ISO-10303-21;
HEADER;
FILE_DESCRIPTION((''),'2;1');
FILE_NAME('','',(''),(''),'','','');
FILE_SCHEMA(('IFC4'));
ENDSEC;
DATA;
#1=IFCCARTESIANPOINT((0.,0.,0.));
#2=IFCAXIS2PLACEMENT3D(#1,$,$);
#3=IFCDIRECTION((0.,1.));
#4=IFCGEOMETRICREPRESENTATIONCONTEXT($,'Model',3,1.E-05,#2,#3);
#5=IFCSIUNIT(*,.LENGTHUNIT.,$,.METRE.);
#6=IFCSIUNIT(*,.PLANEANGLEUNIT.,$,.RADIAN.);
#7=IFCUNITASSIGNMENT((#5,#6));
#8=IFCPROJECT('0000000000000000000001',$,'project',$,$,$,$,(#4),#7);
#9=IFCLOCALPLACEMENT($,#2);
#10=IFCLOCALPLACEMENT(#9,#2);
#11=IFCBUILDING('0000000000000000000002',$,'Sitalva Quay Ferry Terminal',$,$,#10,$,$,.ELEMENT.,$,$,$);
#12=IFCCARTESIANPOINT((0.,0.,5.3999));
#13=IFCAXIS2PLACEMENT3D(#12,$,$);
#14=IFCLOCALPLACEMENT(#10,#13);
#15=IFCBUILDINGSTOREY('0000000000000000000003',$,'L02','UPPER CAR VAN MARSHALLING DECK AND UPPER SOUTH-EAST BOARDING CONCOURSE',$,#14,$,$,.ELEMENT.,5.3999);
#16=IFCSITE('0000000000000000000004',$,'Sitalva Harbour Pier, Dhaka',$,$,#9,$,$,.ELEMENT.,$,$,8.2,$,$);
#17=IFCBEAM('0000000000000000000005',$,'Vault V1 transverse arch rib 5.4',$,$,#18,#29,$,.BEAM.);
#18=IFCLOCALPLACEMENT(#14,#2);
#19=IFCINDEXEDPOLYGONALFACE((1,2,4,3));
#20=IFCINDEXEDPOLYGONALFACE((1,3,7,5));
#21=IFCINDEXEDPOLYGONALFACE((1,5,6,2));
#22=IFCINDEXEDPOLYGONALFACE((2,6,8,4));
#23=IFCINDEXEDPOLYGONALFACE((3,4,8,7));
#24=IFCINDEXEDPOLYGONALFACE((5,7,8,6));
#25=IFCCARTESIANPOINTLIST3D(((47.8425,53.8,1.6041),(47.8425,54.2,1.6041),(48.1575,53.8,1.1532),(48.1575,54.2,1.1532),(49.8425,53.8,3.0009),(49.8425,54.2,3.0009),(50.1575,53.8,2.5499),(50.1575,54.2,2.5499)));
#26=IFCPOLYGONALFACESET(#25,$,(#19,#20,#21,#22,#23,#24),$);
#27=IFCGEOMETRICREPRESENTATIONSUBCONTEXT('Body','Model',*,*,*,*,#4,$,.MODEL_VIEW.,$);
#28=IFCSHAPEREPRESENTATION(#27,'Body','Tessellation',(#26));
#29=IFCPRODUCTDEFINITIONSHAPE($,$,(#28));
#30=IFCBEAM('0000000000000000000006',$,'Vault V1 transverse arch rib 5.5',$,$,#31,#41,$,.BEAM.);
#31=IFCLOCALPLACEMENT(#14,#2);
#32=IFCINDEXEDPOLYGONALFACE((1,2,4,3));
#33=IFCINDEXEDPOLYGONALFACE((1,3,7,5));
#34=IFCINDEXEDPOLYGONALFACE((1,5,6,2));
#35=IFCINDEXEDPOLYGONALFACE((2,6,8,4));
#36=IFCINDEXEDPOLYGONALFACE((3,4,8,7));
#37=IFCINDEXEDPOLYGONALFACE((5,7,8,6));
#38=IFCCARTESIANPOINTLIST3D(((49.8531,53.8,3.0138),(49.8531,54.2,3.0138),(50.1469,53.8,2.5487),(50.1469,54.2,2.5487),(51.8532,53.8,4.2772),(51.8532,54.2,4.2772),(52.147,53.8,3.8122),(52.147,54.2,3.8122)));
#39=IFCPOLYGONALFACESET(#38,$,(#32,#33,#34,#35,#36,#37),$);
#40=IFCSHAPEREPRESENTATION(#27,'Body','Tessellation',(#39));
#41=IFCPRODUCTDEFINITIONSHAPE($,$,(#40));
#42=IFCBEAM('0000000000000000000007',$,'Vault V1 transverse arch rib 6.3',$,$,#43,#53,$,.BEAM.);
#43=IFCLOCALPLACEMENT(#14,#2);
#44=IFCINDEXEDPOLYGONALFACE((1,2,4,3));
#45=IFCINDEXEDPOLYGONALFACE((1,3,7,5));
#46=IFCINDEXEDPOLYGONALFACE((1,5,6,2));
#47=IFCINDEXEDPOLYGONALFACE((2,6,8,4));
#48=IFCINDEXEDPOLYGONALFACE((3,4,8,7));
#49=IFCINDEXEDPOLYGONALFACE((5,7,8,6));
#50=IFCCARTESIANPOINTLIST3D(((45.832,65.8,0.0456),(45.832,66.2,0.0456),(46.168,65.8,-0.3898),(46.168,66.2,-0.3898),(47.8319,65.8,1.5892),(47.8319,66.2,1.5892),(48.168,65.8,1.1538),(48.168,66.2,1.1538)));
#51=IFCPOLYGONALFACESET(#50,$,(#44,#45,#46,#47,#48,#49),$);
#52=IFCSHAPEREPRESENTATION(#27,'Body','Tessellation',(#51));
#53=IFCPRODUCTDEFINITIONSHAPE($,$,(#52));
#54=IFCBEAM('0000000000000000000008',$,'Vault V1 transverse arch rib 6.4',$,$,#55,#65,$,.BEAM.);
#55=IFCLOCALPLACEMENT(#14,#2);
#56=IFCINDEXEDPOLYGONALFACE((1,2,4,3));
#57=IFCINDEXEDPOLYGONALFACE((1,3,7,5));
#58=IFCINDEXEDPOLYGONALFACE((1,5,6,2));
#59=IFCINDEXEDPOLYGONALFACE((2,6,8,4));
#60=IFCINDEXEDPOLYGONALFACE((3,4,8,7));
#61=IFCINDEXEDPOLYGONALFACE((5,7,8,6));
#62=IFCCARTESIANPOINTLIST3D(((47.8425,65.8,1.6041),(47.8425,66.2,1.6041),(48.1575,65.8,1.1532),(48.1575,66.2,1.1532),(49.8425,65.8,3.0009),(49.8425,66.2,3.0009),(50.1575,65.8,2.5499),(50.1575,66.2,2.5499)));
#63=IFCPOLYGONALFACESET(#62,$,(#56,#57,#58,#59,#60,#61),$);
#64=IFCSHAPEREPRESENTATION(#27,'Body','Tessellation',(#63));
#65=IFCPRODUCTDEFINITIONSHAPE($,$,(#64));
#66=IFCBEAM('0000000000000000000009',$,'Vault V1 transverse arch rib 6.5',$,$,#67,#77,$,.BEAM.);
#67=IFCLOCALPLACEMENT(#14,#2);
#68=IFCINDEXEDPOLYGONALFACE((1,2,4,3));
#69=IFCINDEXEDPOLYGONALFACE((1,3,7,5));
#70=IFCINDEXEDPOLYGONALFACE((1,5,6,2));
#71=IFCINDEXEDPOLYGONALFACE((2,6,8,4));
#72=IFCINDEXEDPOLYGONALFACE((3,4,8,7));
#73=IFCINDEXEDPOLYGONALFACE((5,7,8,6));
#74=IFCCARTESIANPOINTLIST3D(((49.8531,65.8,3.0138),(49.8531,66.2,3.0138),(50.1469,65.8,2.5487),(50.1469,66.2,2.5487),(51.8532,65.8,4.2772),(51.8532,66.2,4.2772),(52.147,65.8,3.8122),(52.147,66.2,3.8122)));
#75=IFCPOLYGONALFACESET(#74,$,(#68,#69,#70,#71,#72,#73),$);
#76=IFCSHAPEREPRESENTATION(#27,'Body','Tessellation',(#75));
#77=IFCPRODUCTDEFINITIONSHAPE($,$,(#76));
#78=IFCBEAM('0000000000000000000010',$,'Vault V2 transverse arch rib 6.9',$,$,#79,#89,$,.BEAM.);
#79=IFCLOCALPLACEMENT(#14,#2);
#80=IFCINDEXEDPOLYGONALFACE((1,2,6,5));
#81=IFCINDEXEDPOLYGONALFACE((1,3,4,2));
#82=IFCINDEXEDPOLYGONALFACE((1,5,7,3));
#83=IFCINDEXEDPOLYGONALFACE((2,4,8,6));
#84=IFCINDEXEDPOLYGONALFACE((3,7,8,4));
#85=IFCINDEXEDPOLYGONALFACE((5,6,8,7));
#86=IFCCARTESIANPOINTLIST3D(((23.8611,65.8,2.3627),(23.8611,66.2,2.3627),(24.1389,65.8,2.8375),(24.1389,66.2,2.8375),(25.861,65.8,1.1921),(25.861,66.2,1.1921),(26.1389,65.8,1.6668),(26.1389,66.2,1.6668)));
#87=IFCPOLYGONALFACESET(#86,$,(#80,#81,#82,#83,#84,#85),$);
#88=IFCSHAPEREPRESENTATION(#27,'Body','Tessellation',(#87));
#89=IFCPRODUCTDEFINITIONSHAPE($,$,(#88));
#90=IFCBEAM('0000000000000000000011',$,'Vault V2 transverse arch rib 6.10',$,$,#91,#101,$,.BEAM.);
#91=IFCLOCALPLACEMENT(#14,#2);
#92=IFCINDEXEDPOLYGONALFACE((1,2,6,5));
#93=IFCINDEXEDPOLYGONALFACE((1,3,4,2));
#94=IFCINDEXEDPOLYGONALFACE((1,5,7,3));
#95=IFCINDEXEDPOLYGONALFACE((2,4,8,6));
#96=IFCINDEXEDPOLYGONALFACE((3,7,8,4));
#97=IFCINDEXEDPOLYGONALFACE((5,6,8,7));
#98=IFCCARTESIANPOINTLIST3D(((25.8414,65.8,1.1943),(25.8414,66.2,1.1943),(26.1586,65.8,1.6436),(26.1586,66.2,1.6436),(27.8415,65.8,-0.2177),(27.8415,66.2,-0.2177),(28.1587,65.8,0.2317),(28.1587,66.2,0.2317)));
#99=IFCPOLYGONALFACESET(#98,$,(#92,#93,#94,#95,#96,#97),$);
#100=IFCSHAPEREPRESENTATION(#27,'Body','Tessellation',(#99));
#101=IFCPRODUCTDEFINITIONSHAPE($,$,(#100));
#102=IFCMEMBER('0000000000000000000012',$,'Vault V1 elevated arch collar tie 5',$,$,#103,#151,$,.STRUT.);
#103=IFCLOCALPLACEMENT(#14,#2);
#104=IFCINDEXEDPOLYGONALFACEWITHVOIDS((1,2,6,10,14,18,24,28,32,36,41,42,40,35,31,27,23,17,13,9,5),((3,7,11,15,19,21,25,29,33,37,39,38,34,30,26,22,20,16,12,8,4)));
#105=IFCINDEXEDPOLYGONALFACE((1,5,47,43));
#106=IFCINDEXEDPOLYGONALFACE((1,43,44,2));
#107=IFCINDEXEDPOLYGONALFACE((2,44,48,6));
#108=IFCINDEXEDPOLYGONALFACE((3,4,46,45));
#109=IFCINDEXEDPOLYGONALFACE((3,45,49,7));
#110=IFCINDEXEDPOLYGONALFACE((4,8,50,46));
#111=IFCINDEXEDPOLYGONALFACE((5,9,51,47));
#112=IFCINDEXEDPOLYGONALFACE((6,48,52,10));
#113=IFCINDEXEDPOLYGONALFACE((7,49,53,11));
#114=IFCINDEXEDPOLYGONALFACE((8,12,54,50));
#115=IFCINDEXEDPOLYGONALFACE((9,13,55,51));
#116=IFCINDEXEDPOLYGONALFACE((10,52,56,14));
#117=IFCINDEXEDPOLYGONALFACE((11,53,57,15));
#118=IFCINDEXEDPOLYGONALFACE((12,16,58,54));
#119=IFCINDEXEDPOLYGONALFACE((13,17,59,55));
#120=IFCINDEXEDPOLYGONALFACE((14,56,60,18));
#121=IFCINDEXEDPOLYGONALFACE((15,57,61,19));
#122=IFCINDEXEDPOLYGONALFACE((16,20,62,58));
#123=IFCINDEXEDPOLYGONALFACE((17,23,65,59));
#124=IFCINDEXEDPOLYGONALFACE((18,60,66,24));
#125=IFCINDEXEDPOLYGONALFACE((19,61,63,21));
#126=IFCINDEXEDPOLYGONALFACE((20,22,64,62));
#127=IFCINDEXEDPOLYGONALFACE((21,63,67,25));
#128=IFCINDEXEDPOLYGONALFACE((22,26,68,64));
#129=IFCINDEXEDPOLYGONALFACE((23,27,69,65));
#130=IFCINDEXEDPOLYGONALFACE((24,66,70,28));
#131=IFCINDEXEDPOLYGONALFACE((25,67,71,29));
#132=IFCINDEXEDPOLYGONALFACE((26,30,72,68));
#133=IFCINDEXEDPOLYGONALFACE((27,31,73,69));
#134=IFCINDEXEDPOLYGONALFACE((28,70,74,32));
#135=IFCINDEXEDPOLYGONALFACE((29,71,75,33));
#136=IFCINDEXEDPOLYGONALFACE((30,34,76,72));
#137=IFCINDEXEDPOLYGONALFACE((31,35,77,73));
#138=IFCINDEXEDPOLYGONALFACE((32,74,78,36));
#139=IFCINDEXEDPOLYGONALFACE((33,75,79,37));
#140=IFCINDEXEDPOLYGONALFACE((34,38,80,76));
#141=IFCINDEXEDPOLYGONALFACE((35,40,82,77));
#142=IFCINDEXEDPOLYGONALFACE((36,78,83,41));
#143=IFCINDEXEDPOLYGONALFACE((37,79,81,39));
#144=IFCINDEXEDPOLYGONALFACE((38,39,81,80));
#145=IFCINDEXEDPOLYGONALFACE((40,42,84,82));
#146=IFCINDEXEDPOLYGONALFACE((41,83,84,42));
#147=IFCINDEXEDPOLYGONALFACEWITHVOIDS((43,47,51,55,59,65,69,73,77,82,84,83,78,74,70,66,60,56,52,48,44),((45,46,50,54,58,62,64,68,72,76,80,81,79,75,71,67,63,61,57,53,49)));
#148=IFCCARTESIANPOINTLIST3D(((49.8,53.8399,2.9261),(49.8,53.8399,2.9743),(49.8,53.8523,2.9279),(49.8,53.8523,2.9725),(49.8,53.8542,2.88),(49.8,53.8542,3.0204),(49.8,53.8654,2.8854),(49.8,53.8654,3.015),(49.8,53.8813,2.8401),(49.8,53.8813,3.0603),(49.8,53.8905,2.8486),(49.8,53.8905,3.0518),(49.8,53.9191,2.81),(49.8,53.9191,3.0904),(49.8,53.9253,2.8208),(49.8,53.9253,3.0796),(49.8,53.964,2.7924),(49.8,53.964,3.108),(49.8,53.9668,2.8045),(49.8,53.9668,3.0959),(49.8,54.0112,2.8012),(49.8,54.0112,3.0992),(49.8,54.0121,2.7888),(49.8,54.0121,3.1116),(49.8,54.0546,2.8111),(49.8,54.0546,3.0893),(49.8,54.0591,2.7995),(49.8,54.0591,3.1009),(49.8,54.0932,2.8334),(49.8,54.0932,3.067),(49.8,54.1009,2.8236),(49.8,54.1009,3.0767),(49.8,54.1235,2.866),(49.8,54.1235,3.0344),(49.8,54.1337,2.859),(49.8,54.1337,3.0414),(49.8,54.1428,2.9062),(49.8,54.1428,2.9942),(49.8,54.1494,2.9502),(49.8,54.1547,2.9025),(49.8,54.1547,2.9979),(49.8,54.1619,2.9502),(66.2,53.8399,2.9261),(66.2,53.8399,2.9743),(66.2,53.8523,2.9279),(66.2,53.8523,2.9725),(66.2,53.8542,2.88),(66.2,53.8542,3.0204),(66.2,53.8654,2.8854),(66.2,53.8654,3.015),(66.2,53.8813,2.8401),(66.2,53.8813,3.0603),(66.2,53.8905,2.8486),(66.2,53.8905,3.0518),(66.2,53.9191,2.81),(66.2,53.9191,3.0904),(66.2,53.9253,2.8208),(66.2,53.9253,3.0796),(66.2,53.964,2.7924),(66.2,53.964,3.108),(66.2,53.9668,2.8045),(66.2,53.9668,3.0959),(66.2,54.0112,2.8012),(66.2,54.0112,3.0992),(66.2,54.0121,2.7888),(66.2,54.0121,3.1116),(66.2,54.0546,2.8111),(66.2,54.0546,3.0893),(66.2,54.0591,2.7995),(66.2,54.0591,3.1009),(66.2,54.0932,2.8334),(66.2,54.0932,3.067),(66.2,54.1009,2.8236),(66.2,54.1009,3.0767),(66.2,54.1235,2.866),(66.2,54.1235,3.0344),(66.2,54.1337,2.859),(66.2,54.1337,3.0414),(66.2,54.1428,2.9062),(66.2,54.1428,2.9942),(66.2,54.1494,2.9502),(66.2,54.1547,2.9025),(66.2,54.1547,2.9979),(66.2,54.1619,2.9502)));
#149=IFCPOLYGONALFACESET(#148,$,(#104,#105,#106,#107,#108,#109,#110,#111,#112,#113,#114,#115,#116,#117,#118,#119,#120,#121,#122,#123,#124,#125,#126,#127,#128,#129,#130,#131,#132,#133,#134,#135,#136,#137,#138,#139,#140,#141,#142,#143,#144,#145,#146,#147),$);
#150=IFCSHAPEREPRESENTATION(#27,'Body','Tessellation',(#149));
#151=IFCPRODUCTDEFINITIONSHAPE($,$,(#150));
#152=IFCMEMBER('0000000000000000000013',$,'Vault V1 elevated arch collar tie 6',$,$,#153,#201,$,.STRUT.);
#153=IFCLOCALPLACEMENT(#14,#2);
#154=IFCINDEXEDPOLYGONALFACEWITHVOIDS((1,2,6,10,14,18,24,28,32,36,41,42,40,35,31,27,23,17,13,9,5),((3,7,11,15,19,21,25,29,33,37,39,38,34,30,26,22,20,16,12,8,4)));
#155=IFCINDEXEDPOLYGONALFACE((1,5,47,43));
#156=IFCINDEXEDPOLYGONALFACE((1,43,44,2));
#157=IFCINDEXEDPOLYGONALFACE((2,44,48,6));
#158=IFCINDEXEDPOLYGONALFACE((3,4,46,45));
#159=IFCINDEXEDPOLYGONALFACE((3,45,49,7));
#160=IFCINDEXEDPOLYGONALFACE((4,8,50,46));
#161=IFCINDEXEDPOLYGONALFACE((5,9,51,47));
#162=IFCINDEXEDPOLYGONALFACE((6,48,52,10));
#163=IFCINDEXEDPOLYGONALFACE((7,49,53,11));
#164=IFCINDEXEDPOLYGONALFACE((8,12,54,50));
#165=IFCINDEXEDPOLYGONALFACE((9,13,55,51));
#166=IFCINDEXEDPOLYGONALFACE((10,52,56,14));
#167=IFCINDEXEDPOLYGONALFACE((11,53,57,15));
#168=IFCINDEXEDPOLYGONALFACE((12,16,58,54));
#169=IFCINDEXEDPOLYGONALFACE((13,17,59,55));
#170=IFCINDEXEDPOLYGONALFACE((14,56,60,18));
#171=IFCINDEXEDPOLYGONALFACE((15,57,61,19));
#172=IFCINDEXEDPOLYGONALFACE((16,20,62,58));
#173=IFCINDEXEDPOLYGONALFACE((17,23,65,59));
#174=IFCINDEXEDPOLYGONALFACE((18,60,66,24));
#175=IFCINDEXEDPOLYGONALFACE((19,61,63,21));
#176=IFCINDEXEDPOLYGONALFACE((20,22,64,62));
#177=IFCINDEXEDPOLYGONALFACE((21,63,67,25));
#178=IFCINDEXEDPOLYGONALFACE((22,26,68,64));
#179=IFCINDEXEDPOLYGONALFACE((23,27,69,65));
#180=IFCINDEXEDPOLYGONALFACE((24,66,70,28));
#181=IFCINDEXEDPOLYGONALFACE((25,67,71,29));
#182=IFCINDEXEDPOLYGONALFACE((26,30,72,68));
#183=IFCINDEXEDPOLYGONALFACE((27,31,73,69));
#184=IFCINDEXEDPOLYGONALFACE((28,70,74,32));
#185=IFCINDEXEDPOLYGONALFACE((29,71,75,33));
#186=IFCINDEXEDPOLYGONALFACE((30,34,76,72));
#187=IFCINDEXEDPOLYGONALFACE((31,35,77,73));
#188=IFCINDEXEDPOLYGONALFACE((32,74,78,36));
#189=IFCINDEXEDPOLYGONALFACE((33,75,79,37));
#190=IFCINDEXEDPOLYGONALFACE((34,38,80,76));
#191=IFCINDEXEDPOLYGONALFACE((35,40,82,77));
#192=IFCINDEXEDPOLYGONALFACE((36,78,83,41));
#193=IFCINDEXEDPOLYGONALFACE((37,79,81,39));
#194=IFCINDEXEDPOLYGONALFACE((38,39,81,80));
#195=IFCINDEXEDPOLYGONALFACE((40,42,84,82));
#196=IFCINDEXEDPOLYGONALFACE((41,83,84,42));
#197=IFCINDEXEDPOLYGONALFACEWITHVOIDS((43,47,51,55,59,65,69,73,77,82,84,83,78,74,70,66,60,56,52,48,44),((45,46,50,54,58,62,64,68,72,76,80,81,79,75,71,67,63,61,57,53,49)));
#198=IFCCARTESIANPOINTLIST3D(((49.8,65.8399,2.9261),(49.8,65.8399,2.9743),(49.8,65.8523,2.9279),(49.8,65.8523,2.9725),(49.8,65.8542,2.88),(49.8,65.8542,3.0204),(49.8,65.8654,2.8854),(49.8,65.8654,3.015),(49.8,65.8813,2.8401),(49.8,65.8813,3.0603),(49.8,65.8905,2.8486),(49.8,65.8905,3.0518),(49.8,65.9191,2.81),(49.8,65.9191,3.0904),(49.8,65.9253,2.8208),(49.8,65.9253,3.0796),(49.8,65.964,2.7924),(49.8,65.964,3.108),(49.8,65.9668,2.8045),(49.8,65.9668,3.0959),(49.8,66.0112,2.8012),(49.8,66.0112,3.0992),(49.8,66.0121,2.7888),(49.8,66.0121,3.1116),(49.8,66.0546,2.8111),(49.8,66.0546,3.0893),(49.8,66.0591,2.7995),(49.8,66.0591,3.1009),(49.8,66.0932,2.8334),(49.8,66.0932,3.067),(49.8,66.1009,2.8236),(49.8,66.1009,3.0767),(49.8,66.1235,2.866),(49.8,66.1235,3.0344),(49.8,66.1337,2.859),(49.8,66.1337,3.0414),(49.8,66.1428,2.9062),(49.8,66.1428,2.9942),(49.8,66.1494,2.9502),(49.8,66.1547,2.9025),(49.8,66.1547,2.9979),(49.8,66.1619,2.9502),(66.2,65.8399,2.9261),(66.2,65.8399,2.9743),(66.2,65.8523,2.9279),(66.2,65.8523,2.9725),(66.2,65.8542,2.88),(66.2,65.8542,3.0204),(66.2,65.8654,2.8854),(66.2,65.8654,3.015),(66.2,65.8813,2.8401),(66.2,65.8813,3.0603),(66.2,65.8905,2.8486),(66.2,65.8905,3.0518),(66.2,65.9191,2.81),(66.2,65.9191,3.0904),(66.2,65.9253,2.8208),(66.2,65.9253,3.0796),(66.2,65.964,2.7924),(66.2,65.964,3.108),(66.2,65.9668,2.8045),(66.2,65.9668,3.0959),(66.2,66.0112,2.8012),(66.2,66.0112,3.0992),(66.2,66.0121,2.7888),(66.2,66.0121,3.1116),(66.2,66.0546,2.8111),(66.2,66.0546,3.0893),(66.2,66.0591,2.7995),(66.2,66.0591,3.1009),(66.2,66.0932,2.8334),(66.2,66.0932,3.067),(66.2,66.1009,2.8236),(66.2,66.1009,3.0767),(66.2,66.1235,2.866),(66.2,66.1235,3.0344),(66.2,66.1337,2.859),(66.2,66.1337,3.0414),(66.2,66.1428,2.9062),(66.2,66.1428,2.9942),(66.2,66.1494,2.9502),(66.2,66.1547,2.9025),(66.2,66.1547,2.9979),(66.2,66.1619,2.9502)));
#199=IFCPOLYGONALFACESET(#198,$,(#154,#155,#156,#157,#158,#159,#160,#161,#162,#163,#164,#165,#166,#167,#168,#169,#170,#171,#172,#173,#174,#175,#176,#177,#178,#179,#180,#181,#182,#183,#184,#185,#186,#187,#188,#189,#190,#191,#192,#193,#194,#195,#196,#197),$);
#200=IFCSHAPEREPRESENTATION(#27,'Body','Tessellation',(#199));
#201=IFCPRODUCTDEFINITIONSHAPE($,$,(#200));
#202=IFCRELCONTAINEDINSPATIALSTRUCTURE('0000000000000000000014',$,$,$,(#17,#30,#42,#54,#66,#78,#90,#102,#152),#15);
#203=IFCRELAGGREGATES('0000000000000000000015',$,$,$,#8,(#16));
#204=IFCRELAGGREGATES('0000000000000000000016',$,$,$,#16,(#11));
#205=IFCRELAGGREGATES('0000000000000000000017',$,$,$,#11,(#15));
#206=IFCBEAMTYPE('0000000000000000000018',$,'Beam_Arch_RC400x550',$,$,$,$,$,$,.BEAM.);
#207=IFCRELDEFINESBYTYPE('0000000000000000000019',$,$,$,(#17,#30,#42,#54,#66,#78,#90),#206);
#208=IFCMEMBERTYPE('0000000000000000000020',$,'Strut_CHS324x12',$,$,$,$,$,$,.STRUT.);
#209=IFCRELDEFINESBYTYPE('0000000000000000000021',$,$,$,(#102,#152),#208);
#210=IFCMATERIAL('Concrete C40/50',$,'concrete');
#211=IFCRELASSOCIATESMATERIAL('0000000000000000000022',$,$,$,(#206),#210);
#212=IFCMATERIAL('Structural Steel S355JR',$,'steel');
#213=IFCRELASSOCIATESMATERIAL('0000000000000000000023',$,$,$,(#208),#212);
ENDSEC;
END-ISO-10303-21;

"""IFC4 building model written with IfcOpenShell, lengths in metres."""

from ifc_helpers import new_model, si_unit, direction, frame, origin, origin_2d, place, context, subcontext, project, spatial, rectangle, hollow_circle, extrude, material, material_profile, profile_set, type_object, element, save


model = new_model("IFC4")

# Units and contexts
model_context = context("Model", 3, precision=1e-05, world=origin(), true_north=direction((0.0, 1.0)))
body_context = subcontext(model_context, "Body", "Model", "MODEL_VIEW")
ifc_project = project(units=[si_unit("LENGTHUNIT", "METRE"), si_unit("PLANEANGLEUNIT", "RADIAN")], contexts=[model_context])

# Site, building, storey
site_placement = place(None, origin())
site = spatial("IfcSite", under=ifc_project, at=site_placement, Name="Sitalva Harbour Pier, Dhaka", CompositionType="ELEMENT", RefElevation=8.2)
building_placement = place(site_placement, origin())
building = spatial("IfcBuilding", under=site, at=building_placement, Name="Sitalva Quay Ferry Terminal", CompositionType="ELEMENT")
storey_placement = place(building_placement, frame((0.0, 0.0, 5.3999)))
storey = spatial("IfcBuildingStorey", under=building, at=storey_placement, Name="L02", Description="UPPER CAR VAN MARSHALLING DECK AND UPPER SOUTH-EAST BOARDING CONCOURSE", CompositionType="ELEMENT", Elevation=5.3999)

# Beams
ifc_material_1 = material(Name="Concrete C40/50", Category="concrete")
ifc_material_profile_1 = material_profile(ifc_material_1, rectangle(XDim=0.3999, YDim=0.55, at=origin_2d()), Name="RC400x550")
ifc_profile_set_1 = profile_set([ifc_material_profile_1], Name="Concrete C40/50")
beam_type = type_object("IfcBeamType", Name="Beam_Arch_RC400x550", PredefinedType="BEAM", material=ifc_profile_set_1)
beam_1_placement = place(storey_placement, frame((48.0, 54.0, 1.3787), z_axis=(0.819861, 0.0, 0.572562), x_axis=(0.0, 1.0, 0.0)))
element("IfcBeam", 1, at=beam_1_placement, inside=storey, type_object=beam_type, Name="Vault V1 transverse arch rib 5.4", PredefinedType="BEAM", context=body_context, shape_type="SweptSolid", body=[
    extrude(rectangle(XDim=0.3999, YDim=0.55, at=origin_2d()), origin(), (0.0, 0.0, 1.0), 2.4395),
])
beam_2_placement = place(storey_placement, frame((50.0, 54.0, 2.7812), z_axis=(0.845437, 0.0, 0.534075), x_axis=(0.0, 1.0, 0.0)))
element("IfcBeam", 2, at=beam_2_placement, inside=storey, type_object=beam_type, Name="Vault V1 transverse arch rib 5.5", PredefinedType="BEAM", context=body_context, shape_type="SweptSolid", body=[
    extrude(rectangle(XDim=0.3999, YDim=0.55, at=origin_2d()), origin(), (0.0, 0.0, 1.0), 2.3657),
])
beam_3_placement = place(storey_placement, frame((46.0, 66.0, -0.1721), z_axis=(0.791621, 0.0, 0.611013), x_axis=(0.0, 1.0, 0.0)))
element("IfcBeam", 3, at=beam_3_placement, inside=storey, type_object=beam_type, Name="Vault V1 transverse arch rib 6.3", PredefinedType="BEAM", context=body_context, shape_type="SweptSolid", body=[
    extrude(rectangle(XDim=0.3999, YDim=0.55, at=origin_2d()), origin(), (0.0, 0.0, 1.0), 2.5264),
])
beam_4_placement = place(storey_placement, frame((48.0, 66.0, 1.3787), z_axis=(0.819861, 0.0, 0.572562), x_axis=(0.0, 1.0, 0.0)))
element("IfcBeam", 4, at=beam_4_placement, inside=storey, type_object=beam_type, Name="Vault V1 transverse arch rib 6.4", PredefinedType="BEAM", context=body_context, shape_type="SweptSolid", body=[
    extrude(rectangle(XDim=0.3999, YDim=0.55, at=origin_2d()), origin(), (0.0, 0.0, 1.0), 2.4395),
])
beam_5_placement = place(storey_placement, frame((50.0, 66.0, 2.7812), z_axis=(0.845437, 0.0, 0.534075), x_axis=(0.0, 1.0, 0.0)))
element("IfcBeam", 5, at=beam_5_placement, inside=storey, type_object=beam_type, Name="Vault V1 transverse arch rib 6.5", PredefinedType="BEAM", context=body_context, shape_type="SweptSolid", body=[
    extrude(rectangle(XDim=0.3999, YDim=0.55, at=origin_2d()), origin(), (0.0, 0.0, 1.0), 2.3657),
])
beam_6_placement = place(storey_placement, frame((24.0, 66.0, 2.6001), z_axis=(0.863029, 0.0, -0.505154), x_axis=(0.0, 1.0, 0.0)))
element("IfcBeam", 6, at=beam_6_placement, inside=storey, type_object=beam_type, Name="Vault V2 transverse arch rib 6.9", PredefinedType="BEAM", context=body_context, shape_type="SweptSolid", body=[
    extrude(rectangle(XDim=0.3999, YDim=0.55, at=origin_2d()), origin(), (0.0, 0.0, 1.0), 2.3174),
])
beam_7_placement = place(storey_placement, frame((26.0, 66.0, 1.4189), z_axis=(0.816949, 0.0, -0.576711), x_axis=(0.0, 1.0, 0.0)))
element("IfcBeam", 7, at=beam_7_placement, inside=storey, type_object=beam_type, Name="Vault V2 transverse arch rib 6.10", PredefinedType="BEAM", context=body_context, shape_type="SweptSolid", body=[
    extrude(rectangle(XDim=0.3999, YDim=0.55, at=origin_2d()), origin(), (0.0, 0.0, 1.0), 2.4482),
])

# Members
ifc_material_2 = material(Name="Structural Steel S355JR", Category="steel")
ifc_material_profile_2 = material_profile(ifc_material_2, hollow_circle(Radius=0.1619, WallThickness=0.0125, at=origin_2d()), Name="CHS324x12.5")
ifc_profile_set_2 = profile_set([ifc_material_profile_2], Name="Structural Steel S355JR")
member_type = type_object("IfcMemberType", Name="Strut_CHS324x12", PredefinedType="STRUT", material=ifc_profile_set_2)
for number, where, z_axis, x_axis, name in (
    (8, (49.8, 54.0, 2.9502), (1.0, 0.0, 0.0), (0.0, 1.0, 0.0), "Vault V1 elevated arch collar tie 5"),
    (9, (49.8, 66.0, 2.9502), (1.0, 0.0, 0.0), (0.0, 1.0, 0.0), "Vault V1 elevated arch collar tie 6"),
):
    element("IfcMember", number, at=place(storey_placement, frame(where, z_axis=z_axis, x_axis=x_axis)), inside=storey, type_object=member_type, Name=name, PredefinedType="STRUT", context=body_context, shape_type="SweptSolid", body=[
        extrude(hollow_circle(Radius=0.1619, WallThickness=0.0125, at=origin_2d()), origin(), (0.0, 0.0, 1.0), 16.3999),
    ])

save(model, "model.ifc")
